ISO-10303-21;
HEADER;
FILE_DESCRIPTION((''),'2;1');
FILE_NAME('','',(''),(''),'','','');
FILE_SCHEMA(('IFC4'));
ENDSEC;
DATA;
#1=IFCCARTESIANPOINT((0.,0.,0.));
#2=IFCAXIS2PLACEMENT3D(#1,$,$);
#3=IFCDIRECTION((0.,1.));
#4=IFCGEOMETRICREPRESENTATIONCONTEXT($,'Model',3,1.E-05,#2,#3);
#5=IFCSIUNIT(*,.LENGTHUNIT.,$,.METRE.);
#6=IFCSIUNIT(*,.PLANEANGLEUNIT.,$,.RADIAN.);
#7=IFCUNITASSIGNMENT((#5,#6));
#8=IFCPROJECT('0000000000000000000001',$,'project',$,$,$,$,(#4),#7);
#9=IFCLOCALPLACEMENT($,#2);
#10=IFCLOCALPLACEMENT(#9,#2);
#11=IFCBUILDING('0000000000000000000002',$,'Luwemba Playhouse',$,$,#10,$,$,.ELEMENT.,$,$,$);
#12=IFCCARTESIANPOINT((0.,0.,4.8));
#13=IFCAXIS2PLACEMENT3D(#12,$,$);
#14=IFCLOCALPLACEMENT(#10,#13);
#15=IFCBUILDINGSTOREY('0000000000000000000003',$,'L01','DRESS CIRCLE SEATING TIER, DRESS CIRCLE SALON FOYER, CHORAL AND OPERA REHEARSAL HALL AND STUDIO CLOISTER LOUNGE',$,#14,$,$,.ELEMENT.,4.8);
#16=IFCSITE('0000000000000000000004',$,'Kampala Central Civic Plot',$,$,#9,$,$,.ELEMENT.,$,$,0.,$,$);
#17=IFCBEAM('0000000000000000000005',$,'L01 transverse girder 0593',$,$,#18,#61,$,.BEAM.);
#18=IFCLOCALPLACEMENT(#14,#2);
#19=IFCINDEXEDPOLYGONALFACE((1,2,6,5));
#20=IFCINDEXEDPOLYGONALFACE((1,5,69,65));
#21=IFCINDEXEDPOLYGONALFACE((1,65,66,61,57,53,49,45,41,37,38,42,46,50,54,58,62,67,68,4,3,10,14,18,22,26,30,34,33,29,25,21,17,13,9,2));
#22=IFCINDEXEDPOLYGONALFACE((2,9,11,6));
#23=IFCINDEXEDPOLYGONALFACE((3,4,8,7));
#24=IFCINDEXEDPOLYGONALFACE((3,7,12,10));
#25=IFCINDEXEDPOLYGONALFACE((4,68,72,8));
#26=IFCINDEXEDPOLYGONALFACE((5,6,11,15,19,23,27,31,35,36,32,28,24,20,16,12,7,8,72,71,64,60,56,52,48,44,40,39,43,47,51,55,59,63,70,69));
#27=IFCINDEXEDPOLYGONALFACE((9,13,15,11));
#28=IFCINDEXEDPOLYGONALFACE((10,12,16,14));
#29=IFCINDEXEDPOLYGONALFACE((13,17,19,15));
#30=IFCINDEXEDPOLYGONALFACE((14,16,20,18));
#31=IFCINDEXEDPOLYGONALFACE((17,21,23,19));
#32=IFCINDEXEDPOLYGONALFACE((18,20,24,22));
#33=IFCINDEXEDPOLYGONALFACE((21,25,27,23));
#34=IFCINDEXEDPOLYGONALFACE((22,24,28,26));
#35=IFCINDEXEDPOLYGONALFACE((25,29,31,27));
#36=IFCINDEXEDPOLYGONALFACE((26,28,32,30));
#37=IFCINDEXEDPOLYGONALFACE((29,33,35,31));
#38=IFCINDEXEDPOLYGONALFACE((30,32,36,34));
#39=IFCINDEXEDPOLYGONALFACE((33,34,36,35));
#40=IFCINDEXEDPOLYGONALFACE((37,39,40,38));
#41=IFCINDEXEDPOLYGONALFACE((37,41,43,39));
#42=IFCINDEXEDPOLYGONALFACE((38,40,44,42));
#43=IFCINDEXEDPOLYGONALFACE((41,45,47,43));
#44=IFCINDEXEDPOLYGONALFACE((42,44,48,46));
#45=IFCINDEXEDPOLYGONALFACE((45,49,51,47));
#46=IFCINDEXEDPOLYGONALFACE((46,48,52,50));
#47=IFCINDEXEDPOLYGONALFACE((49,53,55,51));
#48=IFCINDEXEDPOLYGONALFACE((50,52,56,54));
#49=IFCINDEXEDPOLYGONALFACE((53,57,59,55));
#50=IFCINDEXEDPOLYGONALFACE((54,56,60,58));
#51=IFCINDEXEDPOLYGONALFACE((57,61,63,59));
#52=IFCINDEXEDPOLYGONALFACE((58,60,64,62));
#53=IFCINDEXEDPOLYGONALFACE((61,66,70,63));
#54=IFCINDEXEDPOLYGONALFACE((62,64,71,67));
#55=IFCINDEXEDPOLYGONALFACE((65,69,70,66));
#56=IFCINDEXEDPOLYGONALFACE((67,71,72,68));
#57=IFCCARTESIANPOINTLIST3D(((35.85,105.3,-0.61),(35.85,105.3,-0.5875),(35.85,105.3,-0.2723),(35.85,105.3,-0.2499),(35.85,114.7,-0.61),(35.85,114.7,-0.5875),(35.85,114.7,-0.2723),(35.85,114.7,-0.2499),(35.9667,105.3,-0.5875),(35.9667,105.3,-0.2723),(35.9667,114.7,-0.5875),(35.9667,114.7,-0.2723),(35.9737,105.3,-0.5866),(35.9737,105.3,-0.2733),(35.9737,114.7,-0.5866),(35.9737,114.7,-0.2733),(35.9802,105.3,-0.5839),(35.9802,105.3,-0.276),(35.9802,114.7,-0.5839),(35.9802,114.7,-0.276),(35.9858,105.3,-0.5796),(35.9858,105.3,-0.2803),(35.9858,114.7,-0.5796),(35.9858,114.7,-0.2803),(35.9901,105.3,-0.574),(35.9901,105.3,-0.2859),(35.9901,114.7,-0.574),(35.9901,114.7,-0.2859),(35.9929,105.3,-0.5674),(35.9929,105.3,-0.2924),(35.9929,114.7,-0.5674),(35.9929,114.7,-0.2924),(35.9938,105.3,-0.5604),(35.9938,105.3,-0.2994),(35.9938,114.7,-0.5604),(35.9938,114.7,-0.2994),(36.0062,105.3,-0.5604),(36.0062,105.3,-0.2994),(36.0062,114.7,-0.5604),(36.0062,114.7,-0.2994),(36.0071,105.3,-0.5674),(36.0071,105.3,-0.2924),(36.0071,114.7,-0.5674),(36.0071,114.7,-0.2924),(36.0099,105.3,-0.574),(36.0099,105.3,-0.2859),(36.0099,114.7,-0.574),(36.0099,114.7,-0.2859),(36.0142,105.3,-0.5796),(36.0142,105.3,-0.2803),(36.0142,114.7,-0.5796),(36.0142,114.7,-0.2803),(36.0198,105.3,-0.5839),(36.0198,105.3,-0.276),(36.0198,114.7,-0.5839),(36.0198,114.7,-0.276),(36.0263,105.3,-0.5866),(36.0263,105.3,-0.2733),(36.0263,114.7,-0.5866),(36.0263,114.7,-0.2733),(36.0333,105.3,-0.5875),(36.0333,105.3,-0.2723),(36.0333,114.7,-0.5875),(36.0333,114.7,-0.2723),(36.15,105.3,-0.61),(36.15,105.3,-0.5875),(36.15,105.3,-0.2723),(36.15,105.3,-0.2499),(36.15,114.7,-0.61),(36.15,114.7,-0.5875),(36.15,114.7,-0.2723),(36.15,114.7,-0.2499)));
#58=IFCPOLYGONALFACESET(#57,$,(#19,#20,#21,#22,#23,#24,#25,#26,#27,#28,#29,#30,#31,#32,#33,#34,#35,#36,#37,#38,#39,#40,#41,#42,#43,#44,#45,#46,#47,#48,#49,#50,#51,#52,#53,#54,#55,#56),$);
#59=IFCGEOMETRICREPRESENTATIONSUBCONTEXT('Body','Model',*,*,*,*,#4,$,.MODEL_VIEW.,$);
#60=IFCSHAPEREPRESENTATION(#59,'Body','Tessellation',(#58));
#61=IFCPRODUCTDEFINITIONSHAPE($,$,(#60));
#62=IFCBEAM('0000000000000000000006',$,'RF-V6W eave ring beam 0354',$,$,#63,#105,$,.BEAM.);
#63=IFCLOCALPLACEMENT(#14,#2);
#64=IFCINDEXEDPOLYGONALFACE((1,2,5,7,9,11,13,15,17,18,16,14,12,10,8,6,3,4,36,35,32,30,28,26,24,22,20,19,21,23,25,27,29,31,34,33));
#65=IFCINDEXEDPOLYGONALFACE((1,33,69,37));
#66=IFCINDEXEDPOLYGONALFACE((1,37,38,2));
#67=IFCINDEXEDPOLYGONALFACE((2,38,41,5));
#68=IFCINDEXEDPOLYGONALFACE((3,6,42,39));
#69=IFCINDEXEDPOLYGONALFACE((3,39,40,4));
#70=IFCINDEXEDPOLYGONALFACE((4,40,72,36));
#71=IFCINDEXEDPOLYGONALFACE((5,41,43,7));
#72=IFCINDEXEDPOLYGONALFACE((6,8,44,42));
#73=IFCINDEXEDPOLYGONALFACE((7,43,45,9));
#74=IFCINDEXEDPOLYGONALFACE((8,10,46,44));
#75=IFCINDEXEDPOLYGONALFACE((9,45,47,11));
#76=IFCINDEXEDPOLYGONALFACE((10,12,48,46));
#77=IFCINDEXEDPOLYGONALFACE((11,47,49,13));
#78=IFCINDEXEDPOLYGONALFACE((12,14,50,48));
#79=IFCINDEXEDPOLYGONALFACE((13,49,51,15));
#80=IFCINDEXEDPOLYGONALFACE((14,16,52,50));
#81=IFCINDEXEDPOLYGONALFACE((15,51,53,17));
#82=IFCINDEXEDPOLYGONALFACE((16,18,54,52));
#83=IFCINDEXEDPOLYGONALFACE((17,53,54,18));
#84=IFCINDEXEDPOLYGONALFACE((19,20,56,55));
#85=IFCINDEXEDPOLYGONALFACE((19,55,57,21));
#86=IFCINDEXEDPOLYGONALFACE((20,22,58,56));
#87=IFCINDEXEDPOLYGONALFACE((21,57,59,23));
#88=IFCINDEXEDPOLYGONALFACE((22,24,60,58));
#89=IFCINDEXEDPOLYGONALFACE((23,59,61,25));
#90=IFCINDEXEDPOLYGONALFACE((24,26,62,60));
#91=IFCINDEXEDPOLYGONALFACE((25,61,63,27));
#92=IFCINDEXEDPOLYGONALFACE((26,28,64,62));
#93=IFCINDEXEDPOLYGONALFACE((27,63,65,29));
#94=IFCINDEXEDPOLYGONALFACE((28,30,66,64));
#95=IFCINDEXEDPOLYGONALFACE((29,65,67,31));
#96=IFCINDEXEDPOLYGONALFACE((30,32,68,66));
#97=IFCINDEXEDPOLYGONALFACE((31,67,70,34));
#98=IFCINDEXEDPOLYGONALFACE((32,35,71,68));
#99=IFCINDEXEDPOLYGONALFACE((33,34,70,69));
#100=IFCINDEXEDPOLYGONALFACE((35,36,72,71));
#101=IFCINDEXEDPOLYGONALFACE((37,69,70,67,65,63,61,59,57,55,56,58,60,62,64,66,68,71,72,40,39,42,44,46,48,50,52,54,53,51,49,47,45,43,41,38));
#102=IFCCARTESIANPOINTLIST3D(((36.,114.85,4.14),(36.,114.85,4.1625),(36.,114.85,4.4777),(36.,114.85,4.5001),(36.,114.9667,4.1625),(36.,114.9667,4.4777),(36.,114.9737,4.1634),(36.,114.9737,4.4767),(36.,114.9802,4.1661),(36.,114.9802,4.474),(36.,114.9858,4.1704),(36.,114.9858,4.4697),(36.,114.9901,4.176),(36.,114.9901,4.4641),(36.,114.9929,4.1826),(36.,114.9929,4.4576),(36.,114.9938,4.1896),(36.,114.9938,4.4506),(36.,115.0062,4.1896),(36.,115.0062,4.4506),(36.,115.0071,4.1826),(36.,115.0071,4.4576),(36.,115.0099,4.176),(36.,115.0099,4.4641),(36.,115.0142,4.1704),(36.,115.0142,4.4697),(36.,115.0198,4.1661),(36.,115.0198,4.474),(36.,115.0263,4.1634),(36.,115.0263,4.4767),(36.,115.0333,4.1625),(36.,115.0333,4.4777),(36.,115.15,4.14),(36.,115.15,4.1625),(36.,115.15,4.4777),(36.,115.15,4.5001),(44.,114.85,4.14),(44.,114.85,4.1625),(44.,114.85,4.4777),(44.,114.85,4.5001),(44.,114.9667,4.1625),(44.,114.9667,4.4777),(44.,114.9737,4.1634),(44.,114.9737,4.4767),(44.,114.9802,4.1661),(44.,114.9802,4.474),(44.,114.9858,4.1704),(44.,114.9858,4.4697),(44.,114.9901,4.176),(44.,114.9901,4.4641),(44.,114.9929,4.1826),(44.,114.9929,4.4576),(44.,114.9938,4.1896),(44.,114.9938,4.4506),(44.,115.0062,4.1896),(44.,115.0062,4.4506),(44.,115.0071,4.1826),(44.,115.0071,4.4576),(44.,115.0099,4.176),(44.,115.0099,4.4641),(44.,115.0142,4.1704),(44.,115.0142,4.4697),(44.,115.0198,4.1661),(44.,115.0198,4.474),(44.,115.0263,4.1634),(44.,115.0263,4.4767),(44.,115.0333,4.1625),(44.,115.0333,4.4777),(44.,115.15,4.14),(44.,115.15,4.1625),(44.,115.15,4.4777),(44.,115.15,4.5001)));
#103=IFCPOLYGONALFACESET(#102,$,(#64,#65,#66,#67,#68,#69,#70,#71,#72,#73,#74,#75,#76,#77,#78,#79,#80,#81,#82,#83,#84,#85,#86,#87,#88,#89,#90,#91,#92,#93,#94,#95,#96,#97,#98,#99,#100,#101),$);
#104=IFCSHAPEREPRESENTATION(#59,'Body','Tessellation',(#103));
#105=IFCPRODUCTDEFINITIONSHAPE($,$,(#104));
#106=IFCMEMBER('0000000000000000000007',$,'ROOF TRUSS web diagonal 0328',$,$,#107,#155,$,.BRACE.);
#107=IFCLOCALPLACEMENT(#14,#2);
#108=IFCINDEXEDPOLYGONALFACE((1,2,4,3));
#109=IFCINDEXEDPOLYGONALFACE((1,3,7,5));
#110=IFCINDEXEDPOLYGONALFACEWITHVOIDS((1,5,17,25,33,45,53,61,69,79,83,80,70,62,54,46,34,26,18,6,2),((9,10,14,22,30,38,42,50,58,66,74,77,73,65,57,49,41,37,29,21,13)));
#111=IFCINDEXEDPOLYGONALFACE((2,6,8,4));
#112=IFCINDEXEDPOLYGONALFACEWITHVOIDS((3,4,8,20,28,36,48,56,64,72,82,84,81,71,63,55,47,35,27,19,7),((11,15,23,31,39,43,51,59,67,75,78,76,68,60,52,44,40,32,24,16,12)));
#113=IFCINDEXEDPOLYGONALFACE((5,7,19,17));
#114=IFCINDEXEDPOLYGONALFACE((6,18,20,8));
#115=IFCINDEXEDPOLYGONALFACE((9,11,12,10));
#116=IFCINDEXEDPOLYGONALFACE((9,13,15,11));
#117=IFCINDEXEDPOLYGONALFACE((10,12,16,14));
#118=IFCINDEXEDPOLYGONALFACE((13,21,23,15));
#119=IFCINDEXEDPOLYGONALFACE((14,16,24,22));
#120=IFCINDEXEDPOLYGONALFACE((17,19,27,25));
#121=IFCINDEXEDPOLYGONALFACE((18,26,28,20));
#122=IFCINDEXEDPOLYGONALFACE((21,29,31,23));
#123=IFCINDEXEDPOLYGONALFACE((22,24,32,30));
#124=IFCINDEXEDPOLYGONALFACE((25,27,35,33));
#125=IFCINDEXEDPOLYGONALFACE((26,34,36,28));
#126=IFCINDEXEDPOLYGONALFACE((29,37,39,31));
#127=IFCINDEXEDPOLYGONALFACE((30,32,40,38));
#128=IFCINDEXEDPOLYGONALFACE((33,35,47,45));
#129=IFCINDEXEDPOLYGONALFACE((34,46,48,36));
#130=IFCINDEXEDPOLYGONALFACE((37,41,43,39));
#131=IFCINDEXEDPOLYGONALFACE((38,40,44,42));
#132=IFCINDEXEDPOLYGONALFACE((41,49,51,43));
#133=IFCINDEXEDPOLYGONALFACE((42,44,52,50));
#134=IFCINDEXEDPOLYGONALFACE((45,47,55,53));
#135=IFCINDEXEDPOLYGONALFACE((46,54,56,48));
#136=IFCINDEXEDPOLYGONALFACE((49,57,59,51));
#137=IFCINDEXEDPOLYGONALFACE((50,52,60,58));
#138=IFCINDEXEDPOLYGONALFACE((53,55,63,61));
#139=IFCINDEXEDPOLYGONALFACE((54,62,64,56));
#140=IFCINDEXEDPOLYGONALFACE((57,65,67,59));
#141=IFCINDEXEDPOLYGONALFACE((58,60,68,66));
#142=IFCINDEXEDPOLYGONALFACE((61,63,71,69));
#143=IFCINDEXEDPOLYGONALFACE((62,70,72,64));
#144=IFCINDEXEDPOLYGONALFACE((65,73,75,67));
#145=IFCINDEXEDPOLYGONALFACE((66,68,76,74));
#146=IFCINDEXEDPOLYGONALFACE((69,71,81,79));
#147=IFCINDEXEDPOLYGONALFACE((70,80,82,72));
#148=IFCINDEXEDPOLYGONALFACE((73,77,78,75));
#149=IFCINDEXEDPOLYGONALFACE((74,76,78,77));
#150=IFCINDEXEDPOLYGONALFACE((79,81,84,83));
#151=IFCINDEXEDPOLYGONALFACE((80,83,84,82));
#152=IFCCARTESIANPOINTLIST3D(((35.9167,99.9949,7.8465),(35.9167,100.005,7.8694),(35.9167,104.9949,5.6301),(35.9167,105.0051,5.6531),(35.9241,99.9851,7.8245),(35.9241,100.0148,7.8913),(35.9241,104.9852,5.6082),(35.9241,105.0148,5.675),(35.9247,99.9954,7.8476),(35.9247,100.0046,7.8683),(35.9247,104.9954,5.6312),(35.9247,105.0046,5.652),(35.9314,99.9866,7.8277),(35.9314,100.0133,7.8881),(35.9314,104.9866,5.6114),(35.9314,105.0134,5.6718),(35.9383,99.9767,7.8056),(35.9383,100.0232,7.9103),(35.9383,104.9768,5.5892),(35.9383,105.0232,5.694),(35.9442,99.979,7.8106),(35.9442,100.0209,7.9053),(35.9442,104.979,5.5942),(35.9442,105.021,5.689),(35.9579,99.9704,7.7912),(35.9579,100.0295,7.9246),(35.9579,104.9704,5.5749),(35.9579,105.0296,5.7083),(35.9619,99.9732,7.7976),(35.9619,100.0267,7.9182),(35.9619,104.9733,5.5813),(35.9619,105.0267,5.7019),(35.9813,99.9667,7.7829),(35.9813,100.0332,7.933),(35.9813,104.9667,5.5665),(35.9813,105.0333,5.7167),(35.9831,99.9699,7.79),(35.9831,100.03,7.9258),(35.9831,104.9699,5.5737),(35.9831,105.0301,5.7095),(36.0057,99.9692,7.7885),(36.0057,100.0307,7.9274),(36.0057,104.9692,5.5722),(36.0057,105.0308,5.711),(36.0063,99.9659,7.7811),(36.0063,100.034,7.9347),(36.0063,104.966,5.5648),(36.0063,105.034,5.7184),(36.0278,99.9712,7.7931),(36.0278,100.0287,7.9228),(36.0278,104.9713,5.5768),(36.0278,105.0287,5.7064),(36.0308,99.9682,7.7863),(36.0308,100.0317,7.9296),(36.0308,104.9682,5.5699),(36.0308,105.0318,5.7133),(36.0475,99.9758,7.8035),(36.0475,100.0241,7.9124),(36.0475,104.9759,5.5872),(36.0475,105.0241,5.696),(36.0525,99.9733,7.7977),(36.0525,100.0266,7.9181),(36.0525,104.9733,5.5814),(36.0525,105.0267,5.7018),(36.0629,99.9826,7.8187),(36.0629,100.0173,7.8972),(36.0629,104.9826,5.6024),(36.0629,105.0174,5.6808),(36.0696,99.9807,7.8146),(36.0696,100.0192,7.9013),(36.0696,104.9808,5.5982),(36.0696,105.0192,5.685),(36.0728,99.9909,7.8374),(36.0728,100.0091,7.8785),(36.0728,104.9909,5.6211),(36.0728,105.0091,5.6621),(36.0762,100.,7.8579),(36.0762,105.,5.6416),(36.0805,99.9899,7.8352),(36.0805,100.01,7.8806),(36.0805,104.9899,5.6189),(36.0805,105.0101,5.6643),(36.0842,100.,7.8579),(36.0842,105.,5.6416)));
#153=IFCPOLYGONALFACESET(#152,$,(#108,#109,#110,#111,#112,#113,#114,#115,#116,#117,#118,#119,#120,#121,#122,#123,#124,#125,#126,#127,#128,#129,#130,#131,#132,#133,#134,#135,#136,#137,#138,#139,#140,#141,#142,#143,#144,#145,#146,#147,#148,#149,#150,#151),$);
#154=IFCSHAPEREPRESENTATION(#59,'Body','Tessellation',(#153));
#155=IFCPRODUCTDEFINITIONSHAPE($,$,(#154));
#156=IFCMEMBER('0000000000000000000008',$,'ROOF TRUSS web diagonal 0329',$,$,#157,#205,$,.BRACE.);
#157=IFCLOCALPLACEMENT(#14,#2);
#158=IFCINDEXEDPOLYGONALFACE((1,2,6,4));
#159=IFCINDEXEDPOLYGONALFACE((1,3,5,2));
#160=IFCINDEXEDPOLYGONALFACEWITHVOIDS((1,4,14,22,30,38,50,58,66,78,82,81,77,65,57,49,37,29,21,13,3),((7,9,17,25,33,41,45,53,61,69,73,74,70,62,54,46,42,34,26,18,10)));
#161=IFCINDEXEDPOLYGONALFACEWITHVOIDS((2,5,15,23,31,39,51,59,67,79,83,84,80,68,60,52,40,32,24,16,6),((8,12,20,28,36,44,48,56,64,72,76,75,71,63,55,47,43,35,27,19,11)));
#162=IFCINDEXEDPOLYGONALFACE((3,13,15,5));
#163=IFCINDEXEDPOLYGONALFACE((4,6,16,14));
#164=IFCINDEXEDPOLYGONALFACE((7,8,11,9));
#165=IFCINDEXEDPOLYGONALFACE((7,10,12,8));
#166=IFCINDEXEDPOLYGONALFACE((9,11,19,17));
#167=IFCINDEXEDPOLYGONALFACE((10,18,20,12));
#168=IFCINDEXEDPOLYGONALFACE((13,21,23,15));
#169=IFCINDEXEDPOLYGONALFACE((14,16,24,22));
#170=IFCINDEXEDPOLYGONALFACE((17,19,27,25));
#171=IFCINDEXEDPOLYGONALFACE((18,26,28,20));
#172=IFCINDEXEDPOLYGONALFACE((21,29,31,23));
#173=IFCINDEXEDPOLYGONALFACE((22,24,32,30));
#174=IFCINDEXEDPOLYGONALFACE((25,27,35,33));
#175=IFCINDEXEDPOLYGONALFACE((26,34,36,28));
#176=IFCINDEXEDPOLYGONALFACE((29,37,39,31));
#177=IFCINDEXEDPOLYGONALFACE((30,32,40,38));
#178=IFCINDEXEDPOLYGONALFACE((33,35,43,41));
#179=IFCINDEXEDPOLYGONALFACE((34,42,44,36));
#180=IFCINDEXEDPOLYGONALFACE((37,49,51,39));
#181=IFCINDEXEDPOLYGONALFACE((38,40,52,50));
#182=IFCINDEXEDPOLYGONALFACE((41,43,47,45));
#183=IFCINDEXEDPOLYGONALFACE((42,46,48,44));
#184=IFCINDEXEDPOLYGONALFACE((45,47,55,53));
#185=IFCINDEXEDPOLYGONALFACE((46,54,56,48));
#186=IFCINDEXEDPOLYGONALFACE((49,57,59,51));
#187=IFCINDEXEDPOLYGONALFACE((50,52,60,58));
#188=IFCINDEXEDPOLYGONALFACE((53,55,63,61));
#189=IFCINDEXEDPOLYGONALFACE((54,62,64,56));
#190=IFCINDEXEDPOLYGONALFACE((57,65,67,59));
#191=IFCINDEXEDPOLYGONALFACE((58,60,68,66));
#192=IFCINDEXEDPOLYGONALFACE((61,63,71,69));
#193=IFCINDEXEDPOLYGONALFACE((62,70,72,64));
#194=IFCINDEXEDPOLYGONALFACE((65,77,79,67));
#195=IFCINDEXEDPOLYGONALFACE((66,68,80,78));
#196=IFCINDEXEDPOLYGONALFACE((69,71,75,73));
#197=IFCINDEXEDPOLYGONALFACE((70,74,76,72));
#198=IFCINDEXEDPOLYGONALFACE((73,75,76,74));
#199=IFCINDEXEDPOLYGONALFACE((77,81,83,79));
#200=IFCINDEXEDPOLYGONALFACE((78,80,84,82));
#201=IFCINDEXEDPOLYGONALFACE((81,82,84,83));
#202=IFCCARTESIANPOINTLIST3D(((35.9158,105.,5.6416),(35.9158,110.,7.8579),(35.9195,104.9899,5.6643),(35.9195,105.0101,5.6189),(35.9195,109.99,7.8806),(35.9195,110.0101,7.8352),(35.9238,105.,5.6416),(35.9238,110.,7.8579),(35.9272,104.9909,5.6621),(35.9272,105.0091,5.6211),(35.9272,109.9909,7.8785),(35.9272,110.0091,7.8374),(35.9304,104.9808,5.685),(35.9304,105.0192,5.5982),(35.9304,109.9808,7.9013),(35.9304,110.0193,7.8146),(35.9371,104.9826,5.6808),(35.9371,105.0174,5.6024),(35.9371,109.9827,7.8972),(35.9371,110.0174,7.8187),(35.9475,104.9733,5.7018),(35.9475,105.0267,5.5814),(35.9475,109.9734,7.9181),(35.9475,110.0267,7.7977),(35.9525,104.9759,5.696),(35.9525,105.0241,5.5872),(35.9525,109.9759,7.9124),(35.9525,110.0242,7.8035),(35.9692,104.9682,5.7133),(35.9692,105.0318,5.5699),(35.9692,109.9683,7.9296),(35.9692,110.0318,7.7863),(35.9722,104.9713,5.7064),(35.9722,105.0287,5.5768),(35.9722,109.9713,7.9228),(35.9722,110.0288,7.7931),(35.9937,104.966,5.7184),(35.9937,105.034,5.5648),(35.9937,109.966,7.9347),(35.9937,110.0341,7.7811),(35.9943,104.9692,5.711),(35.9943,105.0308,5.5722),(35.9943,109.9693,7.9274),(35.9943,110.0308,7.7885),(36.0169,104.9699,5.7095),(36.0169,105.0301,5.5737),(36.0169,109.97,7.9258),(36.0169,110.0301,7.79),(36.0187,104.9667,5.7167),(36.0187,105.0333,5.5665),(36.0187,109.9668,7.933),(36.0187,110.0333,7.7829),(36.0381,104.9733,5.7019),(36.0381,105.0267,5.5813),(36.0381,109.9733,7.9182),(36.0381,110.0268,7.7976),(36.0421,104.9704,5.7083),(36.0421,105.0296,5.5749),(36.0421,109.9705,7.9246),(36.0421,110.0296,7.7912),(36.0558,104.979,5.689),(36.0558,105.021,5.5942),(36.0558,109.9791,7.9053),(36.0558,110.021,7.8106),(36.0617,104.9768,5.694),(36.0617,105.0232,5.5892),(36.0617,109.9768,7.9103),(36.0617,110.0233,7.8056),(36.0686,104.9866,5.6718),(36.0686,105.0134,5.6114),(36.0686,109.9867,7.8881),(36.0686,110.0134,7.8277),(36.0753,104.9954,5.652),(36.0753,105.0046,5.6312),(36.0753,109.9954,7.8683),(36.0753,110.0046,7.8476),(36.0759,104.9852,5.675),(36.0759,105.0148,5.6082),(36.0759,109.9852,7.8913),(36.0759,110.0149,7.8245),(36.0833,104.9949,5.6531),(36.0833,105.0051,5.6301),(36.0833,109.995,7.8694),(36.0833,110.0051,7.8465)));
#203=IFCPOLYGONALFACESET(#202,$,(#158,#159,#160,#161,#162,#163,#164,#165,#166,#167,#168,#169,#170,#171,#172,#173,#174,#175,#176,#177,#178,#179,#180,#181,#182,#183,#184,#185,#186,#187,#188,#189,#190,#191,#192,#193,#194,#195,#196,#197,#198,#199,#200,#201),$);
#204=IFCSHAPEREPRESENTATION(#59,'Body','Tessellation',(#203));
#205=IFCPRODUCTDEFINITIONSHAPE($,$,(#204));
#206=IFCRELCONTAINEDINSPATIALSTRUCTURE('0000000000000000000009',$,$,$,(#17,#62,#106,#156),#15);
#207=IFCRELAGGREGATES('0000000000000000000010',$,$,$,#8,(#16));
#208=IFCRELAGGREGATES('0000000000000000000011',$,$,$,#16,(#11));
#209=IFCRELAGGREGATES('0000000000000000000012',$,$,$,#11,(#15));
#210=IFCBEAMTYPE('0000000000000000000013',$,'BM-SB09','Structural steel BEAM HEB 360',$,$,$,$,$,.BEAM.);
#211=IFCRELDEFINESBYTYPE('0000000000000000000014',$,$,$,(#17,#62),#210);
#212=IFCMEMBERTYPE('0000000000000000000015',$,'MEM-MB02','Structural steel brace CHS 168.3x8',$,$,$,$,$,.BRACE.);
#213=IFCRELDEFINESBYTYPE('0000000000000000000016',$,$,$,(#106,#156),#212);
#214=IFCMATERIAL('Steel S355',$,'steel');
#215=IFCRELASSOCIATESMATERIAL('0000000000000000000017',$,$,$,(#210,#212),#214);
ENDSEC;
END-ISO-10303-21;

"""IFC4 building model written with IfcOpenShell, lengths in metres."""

from ifc_helpers import new_model, si_unit, direction, frame, origin, origin_2d, place, context, subcontext, project, spatial, hollow_circle, i_section, extrude, material, material_profile, profile_set, type_object, element, save


model = new_model("IFC4")

# Units and contexts
model_context = context("Model", 3, precision=1e-05, world=origin(), true_north=direction((0.0, 1.0)))
body_context = subcontext(model_context, "Body", "Model", "MODEL_VIEW")
ifc_project = project(units=[si_unit("LENGTHUNIT", "METRE"), si_unit("PLANEANGLEUNIT", "RADIAN")], contexts=[model_context])

# Site, building, storey
site_placement = place(None, origin())
site = spatial("IfcSite", under=ifc_project, at=site_placement, Name="Kampala Central Civic Plot", CompositionType="ELEMENT", RefElevation=0.0)
building_placement = place(site_placement, origin())
building = spatial("IfcBuilding", under=site, at=building_placement, Name="Luwemba Playhouse", CompositionType="ELEMENT")
storey_placement = place(building_placement, frame((0.0, 0.0, 4.8)))
storey = spatial("IfcBuildingStorey", under=building, at=storey_placement, Name="L01", Description="DRESS CIRCLE SEATING TIER, DRESS CIRCLE SALON FOYER, CHORAL AND OPERA REHEARSAL HALL AND STUDIO CLOISTER LOUNGE", CompositionType="ELEMENT", Elevation=4.8)

# Beams
ifc_material_1 = material(Name="Steel S355", Category="steel")
ifc_material_profile_1 = material_profile(ifc_material_1, i_section(OverallWidth=0.3, OverallDepth=0.3601, WebThickness=0.0125, FlangeThickness=0.0225, FilletRadius=0.0271, at=origin_2d()))
ifc_profile_set_1 = profile_set([ifc_material_profile_1], Name="Steel S355")
beam_type_1 = type_object("IfcBeamType", Name="BM-SB09", Description="Structural steel BEAM HEB 360", PredefinedType="BEAM", material=ifc_profile_set_1)
beam_1_placement = place(storey_placement, frame((36.0, 105.3, -0.4299), z_axis=(0.0, 1.0, 0.0), x_axis=(-1.0, 0.0, 0.0)))
element("IfcBeam", 1, at=beam_1_placement, inside=storey, type_object=beam_type_1, Name="L01 transverse girder 0593", PredefinedType="BEAM", context=body_context, shape_type="SweptSolid", body=[
    extrude(i_section(OverallWidth=0.3, OverallDepth=0.3601, WebThickness=0.0125, FlangeThickness=0.0225, FilletRadius=0.0271, at=origin_2d()), origin(), (0.0, 0.0, 1.0), 9.3999),
])
beam_2_placement = place(storey_placement, frame((36.0, 115.0, 4.3201), z_axis=(1.0, 0.0, 0.0), x_axis=(0.0, 1.0, 0.0)))
element("IfcBeam", 2, at=beam_2_placement, inside=storey, type_object=beam_type_1, Name="RF-V6W eave ring beam 0354", PredefinedType="BEAM", context=body_context, shape_type="SweptSolid", body=[
    extrude(i_section(OverallWidth=0.3, OverallDepth=0.3601, WebThickness=0.0125, FlangeThickness=0.0225, FilletRadius=0.0271, at=origin_2d()), origin(), (0.0, 0.0, 1.0), 8.0),
])

# Members
ifc_material_profile_2 = material_profile(ifc_material_1, hollow_circle(Radius=0.0842, WallThickness=0.0081, at=origin_2d()))
ifc_profile_set_2 = profile_set([ifc_material_profile_2], Name="Steel S355")
member_type_1 = type_object("IfcMemberType", Name="MEM-MB02", Description="Structural steel brace CHS 168.3x8", PredefinedType="BRACE", material=ifc_profile_set_2)
for number, where, z_axis, x_axis, name in (
    (3, (36.0, 105.0, 5.6416), (0.0, -0.914212, 0.405235), (1.0, 0.0, 0.0), "ROOF TRUSS web diagonal 0328"),
    (4, (36.0, 105.0, 5.6416), (0.0, 0.914212, 0.405235), (-1.0, 0.0, 0.0), "ROOF TRUSS web diagonal 0329"),
):
    element("IfcMember", number, at=place(storey_placement, frame(where, z_axis=z_axis, x_axis=x_axis)), inside=storey, type_object=member_type_1, Name=name, PredefinedType="BRACE", context=body_context, shape_type="SweptSolid", body=[
        extrude(hollow_circle(Radius=0.0842, WallThickness=0.0081, at=origin_2d()), origin(), (0.0, 0.0, 1.0), 5.4692),
    ])

save(model, "model.ifc")
